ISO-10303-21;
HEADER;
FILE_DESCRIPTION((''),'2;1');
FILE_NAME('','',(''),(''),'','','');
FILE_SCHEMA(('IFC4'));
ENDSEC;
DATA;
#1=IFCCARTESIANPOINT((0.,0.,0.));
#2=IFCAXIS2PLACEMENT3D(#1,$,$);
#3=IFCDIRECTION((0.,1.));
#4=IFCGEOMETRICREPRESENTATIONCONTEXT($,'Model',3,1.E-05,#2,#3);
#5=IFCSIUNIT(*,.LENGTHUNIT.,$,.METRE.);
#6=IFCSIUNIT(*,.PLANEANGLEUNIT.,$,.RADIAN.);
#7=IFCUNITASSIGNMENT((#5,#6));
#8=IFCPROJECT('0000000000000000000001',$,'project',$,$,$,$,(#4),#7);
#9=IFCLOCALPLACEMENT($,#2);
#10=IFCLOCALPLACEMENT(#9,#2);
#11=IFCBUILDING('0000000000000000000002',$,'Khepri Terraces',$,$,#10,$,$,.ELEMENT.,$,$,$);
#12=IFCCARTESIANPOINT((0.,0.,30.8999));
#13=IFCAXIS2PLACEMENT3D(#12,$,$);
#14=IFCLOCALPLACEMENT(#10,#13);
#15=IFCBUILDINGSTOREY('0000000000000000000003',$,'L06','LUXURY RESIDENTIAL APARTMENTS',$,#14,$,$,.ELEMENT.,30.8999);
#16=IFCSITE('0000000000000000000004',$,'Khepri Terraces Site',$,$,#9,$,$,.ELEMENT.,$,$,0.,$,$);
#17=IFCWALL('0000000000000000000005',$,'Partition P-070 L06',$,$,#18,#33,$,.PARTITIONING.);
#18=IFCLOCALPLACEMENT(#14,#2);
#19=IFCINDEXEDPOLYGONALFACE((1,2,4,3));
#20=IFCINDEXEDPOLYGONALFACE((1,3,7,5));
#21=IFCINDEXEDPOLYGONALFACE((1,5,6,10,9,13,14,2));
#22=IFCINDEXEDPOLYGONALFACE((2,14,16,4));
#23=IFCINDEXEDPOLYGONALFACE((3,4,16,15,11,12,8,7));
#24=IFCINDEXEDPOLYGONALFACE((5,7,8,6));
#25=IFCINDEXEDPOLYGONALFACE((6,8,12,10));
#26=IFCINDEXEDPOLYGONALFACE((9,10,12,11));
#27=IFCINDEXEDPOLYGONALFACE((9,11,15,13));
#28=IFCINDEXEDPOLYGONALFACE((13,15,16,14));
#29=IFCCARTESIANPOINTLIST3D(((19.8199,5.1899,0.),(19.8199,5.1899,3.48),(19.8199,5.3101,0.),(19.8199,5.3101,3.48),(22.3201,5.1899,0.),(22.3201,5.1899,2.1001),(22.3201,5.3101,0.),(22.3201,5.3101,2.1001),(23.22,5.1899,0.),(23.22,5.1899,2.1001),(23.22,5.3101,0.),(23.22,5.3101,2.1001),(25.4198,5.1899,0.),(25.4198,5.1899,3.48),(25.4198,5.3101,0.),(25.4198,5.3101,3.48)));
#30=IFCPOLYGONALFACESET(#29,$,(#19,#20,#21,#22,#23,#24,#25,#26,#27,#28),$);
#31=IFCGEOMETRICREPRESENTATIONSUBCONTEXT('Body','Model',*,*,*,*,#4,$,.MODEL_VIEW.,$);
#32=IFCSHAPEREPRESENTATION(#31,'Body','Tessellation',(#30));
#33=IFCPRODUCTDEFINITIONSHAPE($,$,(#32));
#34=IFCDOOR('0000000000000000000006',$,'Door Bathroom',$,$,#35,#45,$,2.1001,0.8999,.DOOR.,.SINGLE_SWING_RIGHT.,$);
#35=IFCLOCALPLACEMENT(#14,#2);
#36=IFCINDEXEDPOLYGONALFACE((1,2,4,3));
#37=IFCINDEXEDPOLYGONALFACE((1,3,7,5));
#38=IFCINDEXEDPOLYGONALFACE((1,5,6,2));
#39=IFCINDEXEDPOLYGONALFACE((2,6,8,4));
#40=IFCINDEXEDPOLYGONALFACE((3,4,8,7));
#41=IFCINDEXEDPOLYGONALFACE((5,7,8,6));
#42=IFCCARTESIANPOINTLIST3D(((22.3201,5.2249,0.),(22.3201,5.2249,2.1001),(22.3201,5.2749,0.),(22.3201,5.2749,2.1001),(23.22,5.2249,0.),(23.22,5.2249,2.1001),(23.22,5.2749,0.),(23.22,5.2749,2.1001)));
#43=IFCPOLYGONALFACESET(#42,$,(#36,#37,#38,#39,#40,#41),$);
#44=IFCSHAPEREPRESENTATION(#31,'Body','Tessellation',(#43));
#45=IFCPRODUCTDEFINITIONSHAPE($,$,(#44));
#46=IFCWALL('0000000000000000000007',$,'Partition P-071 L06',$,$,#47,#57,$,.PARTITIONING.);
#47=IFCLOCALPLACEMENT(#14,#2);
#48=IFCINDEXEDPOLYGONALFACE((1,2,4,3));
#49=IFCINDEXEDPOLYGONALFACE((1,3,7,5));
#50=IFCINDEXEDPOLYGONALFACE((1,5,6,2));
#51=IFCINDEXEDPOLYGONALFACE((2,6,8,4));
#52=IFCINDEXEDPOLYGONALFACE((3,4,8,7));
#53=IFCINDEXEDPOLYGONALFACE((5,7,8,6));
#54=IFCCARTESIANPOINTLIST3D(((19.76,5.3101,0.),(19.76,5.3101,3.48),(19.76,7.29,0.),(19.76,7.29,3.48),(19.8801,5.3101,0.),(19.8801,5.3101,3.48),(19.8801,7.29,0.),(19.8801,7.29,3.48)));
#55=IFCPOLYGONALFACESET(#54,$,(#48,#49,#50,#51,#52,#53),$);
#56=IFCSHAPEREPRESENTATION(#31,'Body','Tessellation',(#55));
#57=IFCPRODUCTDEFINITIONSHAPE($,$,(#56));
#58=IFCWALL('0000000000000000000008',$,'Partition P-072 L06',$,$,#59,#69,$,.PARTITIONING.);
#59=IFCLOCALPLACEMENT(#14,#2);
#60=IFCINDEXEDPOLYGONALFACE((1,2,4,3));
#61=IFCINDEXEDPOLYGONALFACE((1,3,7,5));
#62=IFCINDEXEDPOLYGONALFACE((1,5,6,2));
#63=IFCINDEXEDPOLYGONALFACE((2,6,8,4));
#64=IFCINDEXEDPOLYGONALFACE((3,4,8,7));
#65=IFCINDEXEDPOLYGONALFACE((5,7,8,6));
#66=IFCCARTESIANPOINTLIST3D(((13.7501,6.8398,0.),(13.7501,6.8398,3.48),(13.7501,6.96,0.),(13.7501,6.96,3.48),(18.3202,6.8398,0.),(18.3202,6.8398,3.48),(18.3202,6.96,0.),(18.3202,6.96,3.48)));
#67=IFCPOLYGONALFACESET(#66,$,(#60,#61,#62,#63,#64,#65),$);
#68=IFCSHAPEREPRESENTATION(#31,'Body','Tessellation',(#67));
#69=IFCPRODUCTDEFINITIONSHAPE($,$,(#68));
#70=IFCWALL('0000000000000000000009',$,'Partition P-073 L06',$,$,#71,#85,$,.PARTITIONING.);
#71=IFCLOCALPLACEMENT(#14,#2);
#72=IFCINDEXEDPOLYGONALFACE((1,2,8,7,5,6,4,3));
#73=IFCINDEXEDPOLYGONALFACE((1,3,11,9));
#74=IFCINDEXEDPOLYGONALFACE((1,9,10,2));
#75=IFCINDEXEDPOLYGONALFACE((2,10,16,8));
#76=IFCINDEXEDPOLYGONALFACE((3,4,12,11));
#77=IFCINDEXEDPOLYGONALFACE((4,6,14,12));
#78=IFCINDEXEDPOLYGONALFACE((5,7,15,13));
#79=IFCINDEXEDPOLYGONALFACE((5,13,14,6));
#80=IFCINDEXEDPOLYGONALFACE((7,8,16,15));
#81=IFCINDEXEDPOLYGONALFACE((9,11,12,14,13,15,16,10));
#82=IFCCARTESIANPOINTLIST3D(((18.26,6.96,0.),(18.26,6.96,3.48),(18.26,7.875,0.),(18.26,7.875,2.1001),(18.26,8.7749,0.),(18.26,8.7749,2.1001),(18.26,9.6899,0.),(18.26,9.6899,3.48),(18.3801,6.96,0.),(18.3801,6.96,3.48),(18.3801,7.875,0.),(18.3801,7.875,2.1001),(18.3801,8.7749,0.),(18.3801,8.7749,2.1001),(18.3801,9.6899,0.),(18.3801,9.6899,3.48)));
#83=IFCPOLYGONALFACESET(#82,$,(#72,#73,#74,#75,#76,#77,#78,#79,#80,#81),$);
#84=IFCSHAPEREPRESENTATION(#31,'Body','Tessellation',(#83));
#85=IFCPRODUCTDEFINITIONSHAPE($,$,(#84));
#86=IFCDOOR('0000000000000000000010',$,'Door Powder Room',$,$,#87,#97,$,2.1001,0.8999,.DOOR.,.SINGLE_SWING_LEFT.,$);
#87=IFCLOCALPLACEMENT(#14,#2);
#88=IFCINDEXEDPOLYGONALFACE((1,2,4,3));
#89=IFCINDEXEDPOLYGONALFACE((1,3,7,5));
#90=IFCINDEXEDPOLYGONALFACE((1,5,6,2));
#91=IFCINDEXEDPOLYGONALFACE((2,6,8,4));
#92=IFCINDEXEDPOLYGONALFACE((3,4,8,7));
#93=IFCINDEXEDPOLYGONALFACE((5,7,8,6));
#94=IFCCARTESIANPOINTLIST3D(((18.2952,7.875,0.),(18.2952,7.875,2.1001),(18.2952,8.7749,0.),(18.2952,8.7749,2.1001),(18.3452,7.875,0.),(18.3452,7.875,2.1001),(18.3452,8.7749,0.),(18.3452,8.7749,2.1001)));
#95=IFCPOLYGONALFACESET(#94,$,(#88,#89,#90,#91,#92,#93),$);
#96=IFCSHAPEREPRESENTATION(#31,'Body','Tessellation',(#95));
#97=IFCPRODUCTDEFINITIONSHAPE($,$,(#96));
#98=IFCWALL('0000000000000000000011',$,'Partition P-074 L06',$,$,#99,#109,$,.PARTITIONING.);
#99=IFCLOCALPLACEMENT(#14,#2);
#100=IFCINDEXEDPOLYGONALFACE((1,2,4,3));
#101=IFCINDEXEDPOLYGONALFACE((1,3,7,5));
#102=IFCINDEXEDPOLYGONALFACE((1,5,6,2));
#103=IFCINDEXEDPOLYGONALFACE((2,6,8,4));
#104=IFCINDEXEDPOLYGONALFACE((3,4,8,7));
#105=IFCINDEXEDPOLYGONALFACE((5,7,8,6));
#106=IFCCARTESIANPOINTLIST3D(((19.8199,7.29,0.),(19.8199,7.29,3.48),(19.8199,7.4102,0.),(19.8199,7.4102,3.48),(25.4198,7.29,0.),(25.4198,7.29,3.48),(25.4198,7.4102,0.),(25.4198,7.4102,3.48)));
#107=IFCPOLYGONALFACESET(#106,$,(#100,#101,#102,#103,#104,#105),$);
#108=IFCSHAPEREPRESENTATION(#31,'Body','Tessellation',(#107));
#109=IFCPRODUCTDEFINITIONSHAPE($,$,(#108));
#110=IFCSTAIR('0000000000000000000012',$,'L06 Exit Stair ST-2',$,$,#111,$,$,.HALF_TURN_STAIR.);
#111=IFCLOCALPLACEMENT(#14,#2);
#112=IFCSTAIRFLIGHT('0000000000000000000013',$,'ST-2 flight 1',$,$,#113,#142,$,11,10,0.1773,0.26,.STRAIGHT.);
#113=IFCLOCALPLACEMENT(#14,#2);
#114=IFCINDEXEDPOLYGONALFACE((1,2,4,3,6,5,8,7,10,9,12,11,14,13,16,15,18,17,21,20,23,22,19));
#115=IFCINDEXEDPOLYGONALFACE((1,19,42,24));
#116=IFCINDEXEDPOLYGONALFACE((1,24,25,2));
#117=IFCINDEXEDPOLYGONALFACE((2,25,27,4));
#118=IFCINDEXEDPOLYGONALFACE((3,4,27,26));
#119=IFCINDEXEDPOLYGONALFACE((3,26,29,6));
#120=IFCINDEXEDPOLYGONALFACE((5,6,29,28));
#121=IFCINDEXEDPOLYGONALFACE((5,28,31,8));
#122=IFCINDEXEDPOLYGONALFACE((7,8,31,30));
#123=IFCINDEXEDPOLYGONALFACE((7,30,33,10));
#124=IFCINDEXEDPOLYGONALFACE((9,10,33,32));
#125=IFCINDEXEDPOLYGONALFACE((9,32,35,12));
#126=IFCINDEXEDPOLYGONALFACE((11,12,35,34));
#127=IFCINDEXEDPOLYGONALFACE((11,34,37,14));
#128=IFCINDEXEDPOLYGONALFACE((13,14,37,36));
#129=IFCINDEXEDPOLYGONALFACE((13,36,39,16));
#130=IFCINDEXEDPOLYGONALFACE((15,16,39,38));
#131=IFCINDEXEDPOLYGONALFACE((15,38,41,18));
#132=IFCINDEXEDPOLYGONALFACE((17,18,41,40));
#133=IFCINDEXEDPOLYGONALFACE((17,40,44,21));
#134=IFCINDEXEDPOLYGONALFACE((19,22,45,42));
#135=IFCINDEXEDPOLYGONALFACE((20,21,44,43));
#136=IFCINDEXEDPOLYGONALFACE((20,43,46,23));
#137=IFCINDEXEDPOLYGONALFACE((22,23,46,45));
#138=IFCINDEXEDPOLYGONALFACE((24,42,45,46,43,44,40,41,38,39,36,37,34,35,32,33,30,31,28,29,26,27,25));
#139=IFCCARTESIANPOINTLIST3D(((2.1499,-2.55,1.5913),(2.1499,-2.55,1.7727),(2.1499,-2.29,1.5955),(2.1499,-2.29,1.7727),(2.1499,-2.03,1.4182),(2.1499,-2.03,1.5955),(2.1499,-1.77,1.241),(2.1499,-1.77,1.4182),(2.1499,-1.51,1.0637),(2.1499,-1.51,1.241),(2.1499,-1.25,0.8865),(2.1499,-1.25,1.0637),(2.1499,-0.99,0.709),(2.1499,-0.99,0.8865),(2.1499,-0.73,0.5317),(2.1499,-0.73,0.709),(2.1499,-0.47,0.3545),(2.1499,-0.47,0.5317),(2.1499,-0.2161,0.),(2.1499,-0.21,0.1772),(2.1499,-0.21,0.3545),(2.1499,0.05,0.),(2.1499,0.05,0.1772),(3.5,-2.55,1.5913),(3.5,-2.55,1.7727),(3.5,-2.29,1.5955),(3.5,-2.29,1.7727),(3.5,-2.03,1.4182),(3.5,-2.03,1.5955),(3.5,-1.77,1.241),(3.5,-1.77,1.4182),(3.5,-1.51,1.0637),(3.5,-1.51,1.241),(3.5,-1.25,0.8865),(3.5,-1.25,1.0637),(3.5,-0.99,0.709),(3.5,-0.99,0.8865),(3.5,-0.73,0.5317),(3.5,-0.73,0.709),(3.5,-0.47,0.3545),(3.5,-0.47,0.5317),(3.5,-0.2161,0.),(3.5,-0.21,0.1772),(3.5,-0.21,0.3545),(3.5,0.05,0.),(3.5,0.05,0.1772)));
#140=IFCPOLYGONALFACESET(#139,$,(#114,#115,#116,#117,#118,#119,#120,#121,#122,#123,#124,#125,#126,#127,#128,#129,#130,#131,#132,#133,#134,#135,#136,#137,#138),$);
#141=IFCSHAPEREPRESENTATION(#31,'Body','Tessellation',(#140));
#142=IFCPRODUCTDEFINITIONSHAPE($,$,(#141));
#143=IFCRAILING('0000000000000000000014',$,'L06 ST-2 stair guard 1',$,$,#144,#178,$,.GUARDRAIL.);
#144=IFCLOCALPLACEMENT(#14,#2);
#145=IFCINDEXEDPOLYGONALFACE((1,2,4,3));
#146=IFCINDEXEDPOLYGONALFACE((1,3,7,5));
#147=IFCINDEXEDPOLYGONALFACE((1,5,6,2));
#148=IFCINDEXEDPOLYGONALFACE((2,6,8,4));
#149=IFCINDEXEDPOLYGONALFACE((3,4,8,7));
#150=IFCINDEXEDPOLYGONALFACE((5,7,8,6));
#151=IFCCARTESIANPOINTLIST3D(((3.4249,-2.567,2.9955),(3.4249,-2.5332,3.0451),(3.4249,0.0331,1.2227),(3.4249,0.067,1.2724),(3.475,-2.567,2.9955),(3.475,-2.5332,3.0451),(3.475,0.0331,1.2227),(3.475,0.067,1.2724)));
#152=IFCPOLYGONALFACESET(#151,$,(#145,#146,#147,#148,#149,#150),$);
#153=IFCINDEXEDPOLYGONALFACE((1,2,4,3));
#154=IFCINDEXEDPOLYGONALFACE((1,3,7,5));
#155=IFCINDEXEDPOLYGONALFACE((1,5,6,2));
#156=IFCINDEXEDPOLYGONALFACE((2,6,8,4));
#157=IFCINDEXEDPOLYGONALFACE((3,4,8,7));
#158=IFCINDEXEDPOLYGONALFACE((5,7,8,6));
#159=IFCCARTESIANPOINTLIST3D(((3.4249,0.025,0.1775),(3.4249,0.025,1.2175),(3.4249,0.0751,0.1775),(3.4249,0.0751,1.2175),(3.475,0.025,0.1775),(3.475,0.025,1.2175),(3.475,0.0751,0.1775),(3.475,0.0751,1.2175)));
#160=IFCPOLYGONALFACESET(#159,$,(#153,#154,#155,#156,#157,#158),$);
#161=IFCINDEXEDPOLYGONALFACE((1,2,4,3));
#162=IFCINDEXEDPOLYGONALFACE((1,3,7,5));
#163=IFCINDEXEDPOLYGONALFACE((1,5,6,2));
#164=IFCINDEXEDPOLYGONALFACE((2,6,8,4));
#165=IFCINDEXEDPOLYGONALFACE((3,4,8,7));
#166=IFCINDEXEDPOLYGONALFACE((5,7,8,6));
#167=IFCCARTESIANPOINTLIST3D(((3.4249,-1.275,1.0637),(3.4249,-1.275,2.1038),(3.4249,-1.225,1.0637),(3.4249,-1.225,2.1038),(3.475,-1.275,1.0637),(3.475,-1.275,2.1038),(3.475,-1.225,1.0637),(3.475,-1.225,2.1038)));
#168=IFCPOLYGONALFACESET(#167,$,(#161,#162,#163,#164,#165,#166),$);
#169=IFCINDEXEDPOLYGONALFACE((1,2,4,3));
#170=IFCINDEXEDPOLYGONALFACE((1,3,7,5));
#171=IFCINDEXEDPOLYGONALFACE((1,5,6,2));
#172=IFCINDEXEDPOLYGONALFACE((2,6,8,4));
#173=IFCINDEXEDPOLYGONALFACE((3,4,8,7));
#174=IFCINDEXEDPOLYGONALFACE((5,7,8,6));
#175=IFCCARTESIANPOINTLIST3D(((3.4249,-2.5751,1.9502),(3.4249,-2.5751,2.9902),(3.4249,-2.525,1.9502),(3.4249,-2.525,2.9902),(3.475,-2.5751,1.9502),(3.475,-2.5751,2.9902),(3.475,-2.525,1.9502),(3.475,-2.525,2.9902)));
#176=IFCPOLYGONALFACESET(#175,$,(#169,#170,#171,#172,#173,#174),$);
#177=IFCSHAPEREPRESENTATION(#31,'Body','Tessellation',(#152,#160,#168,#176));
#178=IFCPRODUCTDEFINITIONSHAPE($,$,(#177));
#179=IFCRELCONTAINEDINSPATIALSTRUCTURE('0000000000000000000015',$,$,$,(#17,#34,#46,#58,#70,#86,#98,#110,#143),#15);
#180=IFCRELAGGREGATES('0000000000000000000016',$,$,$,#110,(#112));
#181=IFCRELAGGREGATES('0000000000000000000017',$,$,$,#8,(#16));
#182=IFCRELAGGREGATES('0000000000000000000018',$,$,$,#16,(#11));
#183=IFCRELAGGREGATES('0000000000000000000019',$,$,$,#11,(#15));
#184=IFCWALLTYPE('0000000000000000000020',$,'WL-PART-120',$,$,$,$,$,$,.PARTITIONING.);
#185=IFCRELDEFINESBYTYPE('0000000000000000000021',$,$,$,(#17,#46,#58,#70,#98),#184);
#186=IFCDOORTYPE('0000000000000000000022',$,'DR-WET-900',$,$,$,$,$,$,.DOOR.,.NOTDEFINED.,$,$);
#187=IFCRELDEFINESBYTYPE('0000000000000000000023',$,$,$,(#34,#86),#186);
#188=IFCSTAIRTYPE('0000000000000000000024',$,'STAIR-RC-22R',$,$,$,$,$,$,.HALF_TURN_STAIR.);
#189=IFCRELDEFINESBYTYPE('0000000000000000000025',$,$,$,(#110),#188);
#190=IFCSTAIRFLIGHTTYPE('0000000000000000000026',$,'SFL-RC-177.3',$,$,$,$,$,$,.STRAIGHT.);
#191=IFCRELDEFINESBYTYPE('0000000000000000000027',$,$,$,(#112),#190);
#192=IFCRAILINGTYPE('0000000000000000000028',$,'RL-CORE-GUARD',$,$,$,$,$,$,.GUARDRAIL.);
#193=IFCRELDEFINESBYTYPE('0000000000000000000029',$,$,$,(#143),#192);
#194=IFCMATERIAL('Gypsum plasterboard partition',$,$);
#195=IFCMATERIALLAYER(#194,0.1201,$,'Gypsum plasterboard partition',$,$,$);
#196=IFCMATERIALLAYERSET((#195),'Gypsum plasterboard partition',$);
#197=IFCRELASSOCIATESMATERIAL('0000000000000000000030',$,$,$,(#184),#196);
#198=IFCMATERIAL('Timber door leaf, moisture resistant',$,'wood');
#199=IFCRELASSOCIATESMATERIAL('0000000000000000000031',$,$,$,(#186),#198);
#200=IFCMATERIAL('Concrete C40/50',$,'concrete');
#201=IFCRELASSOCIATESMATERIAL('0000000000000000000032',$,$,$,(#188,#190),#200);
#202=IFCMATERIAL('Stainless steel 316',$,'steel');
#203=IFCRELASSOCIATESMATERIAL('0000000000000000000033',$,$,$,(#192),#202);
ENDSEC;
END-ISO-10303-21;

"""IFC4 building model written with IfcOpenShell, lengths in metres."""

from ifc_helpers import new_model, si_unit, direction, frame, frame_2d, origin, origin_2d, place, context, subcontext, project, spatial, polyline, rectangle, outline, extrude, material, layer, layer_set, type_object, element, fill, aggregate, save


model = new_model("IFC4")

# Units and contexts
model_context = context("Model", 3, precision=1e-05, world=origin(), true_north=direction((0.0, 1.0)))
body_context = subcontext(model_context, "Body", "Model", "MODEL_VIEW")
ifc_project = project(units=[si_unit("LENGTHUNIT", "METRE"), si_unit("PLANEANGLEUNIT", "RADIAN")], contexts=[model_context])

# Site, building, storey
site_placement = place(None, origin())
site = spatial("IfcSite", under=ifc_project, at=site_placement, Name="Khepri Terraces Site", CompositionType="ELEMENT", RefElevation=0.0)
building_placement = place(site_placement, origin())
building = spatial("IfcBuilding", under=site, at=building_placement, Name="Khepri Terraces", CompositionType="ELEMENT")
storey_placement = place(building_placement, frame((0.0, 0.0, 30.8999)))
storey = spatial("IfcBuildingStorey", under=building, at=storey_placement, Name="L06", Description="LUXURY RESIDENTIAL APARTMENTS", CompositionType="ELEMENT", Elevation=30.8999)

# Shared definitions
ifc_material_1 = material(Name="Gypsum plasterboard partition")
ifc_layer_1 = layer(ifc_material_1, 0.1201, Name="Gypsum plasterboard partition")
ifc_layer_set_1 = layer_set([ifc_layer_1], Name="Gypsum plasterboard partition")
wall_type_1 = type_object("IfcWallType", Name="WL-PART-120", PredefinedType="PARTITIONING", material=ifc_layer_set_1)

# Wall, opening, door
wall_1_placement = place(storey_placement, frame((19.8201, 5.25, 0.0), z_axis=(0.0, 0.0, 1.0), x_axis=(1.0, 0.0, 0.0)))
wall_1 = element("IfcWall", 1, at=wall_1_placement, inside=storey, type_object=wall_type_1, Name="Partition P-070 L06", PredefinedType="PARTITIONING", context=body_context, shape_type="SweptSolid", body=[
    extrude(rectangle(XDim=5.5999, YDim=0.1201, at=frame_2d((2.7998, 0.0))), origin(), (0.0, 0.0, 1.0), 3.48),
])
opening_1_placement = place(wall_1_placement, frame((2.5, 0.0, 0.0)))
opening_1 = element("IfcOpeningElement", 2, at=opening_1_placement, cuts=wall_1, PredefinedType="OPENING", context=body_context, shape_type="SweptSolid", body=[
    extrude(rectangle(XDim=0.8999, YDim=2.1001, at=frame_2d((0.45, 1.05))), frame((0.0, 0.0701, 0.0), z_axis=(0.0, -1.0, 0.0), x_axis=(1.0, 0.0, 0.0)), (0.0, 0.0, 1.0), 0.1401),
])
ifc_material_2 = material(Name="Timber door leaf, moisture resistant", Category="wood")
door_type_1 = type_object("IfcDoorType", Name="DR-WET-900", OperationType="NOTDEFINED", PredefinedType="DOOR", material=ifc_material_2)
door_1_placement = place(opening_1_placement, origin())
door_1 = element("IfcDoor", 3, at=door_1_placement, inside=storey, type_object=door_type_1, Name="Door Bathroom", OperationType="SINGLE_SWING_RIGHT", OverallHeight=2.1001, OverallWidth=0.8999, PredefinedType="DOOR", context=body_context, shape_type="SweptSolid", body=[
    extrude(rectangle(XDim=0.8999, YDim=2.1001, at=frame_2d((0.45, 1.05))), frame((0.0, 0.0249, 0.0), z_axis=(0.0, -1.0, 0.0), x_axis=(1.0, 0.0, 0.0)), (0.0, 0.0, 1.0), 0.05),
])
fill(opening_1, door_1)

# Walls
wall_2_placement = place(storey_placement, frame((19.8201, 5.3101, 0.0), z_axis=(0.0, 0.0, 1.0), x_axis=(0.0, 1.0, 0.0)))
element("IfcWall", 4, at=wall_2_placement, inside=storey, type_object=wall_type_1, Name="Partition P-071 L06", PredefinedType="PARTITIONING", context=body_context, shape_type="SweptSolid", body=[
    extrude(rectangle(XDim=1.98, YDim=0.1201, at=frame_2d((0.99, 0.0))), origin(), (0.0, 0.0, 1.0), 3.48),
])
wall_3_placement = place(storey_placement, frame((13.75, 6.8999, 0.0), z_axis=(0.0, 0.0, 1.0), x_axis=(1.0, 0.0, 0.0)))
element("IfcWall", 5, at=wall_3_placement, inside=storey, type_object=wall_type_1, Name="Partition P-072 L06", PredefinedType="PARTITIONING", context=body_context, shape_type="SweptSolid", body=[
    extrude(rectangle(XDim=4.5701, YDim=0.1201, at=frame_2d((2.2852, 0.0))), origin(), (0.0, 0.0, 1.0), 3.48),
])

# Wall, opening, door
wall_4_placement = place(storey_placement, frame((18.3201, 6.96, 0.0), z_axis=(0.0, 0.0, 1.0), x_axis=(0.0, 1.0, 0.0)))
wall_4 = element("IfcWall", 6, at=wall_4_placement, inside=storey, type_object=wall_type_1, Name="Partition P-073 L06", PredefinedType="PARTITIONING", context=body_context, shape_type="SweptSolid", body=[
    extrude(rectangle(XDim=2.73, YDim=0.1201, at=frame_2d((1.365, 0.0))), origin(), (0.0, 0.0, 1.0), 3.48),
])
opening_2_placement = place(wall_4_placement, frame((0.915, 0.0, 0.0)))
opening_2 = element("IfcOpeningElement", 7, at=opening_2_placement, cuts=wall_4, PredefinedType="OPENING", context=body_context, shape_type="SweptSolid", body=[
    extrude(rectangle(XDim=0.8999, YDim=2.1001, at=frame_2d((0.45, 1.05))), frame((0.0, 0.0701, 0.0), z_axis=(0.0, -1.0, 0.0), x_axis=(1.0, 0.0, 0.0)), (0.0, 0.0, 1.0), 0.1401),
])
door_2_placement = place(opening_2_placement, origin())
door_2 = element("IfcDoor", 8, at=door_2_placement, inside=storey, type_object=door_type_1, Name="Door Powder Room", OperationType="SINGLE_SWING_LEFT", OverallHeight=2.1001, OverallWidth=0.8999, PredefinedType="DOOR", context=body_context, shape_type="SweptSolid", body=[
    extrude(rectangle(XDim=0.8999, YDim=2.1001, at=frame_2d((0.45, 1.05))), frame((0.0, 0.0249, 0.0), z_axis=(0.0, -1.0, 0.0), x_axis=(1.0, 0.0, 0.0)), (0.0, 0.0, 1.0), 0.05),
])
fill(opening_2, door_2)

# Wall
wall_5_placement = place(storey_placement, frame((19.8201, 7.3501, 0.0), z_axis=(0.0, 0.0, 1.0), x_axis=(1.0, 0.0, 0.0)))
element("IfcWall", 9, at=wall_5_placement, inside=storey, type_object=wall_type_1, Name="Partition P-074 L06", PredefinedType="PARTITIONING", context=body_context, shape_type="SweptSolid", body=[
    extrude(rectangle(XDim=5.5999, YDim=0.1201, at=frame_2d((2.7998, 0.0))), origin(), (0.0, 0.0, 1.0), 3.48),
])

# Stair, stair flight
ifc_material_3 = material(Name="Concrete C40/50", Category="concrete")
stair_type = type_object("IfcStairType", Name="STAIR-RC-22R", PredefinedType="HALF_TURN_STAIR", material=ifc_material_3)
stair_placement = place(storey_placement, origin())
stair = element("IfcStair", 10, at=stair_placement, inside=storey, type_object=stair_type, Name="L06 Exit Stair ST-2", PredefinedType="HALF_TURN_STAIR")
stair_flight_type = type_object("IfcStairFlightType", Name="SFL-RC-177.3", PredefinedType="STRAIGHT", material=ifc_material_3)
stair_flight_placement = place(storey_placement, frame((2.825, 0.05, 0.0), z_axis=(0.0, 0.0, 1.0), x_axis=(0.0, -1.0, 0.0)))
stair_flight = element("IfcStairFlight", 11, at=stair_flight_placement, type_object=stair_flight_type, Name="ST-2 flight 1", NumberOfRisers=11, NumberOfTreads=10, PredefinedType="STRAIGHT", RiserHeight=0.1773, TreadLength=0.26, context=body_context, shape_type="SweptSolid", body=[
    extrude(outline(polyline([(0.0, 0.0), (0.0, 0.1772), (0.26, 0.1772), (0.26, 0.3545), (0.52, 0.3545), (0.52, 0.5317), (0.78, 0.5317), (0.78, 0.709), (1.04, 0.709), (1.04, 0.8865), (1.3, 0.8865), (1.3, 1.0637), (1.5601, 1.0637), (1.5601, 1.241), (1.8201, 1.241), (1.8201, 1.4182), (2.0801, 1.4182), (2.0801, 1.5955), (2.3401, 1.5955), (2.3401, 1.7727), (2.6001, 1.7727), (2.6001, 1.95), (2.6001, 1.5913), (0.2661, 0.0), (0.0, 0.0)])), frame((0.0, 0.675, 0.0), z_axis=(0.0, -1.0, 0.0), x_axis=(1.0, 0.0, 0.0)), (0.0, 0.0, 1.0), 1.3501),
])
aggregate(stair, [stair_flight])

# Railing
ifc_material_4 = material(Name="Stainless steel 316", Category="steel")
railing_type = type_object("IfcRailingType", Name="RL-CORE-GUARD", PredefinedType="GUARDRAIL", material=ifc_material_4)
railing_1_placement = place(storey_placement, frame((3.45, 0.05, 0.1775)))
element("IfcRailing", 12, at=railing_1_placement, inside=storey, type_object=railing_type, Name="L06 ST-2 stair guard 1", PredefinedType="GUARDRAIL", context=body_context, shape_type="SweptSolid", body=[
    extrude(rectangle(XDim=0.05, YDim=0.0601, at=origin_2d()), frame((0.0, 0.0, 1.0701), z_axis=(0.0, -0.82624, 0.563318), x_axis=(1.0, 0.0, 0.0)), (0.0, 0.0, 1.0), 3.147),
    extrude(rectangle(XDim=0.05, YDim=0.05, at=origin_2d()), origin(), (0.0, 0.0, 1.0), 1.04),
    extrude(rectangle(XDim=0.05, YDim=0.05, at=origin_2d()), frame((0.0, -1.3, 0.8862)), (0.0, 0.0, 1.0), 1.04),
    extrude(rectangle(XDim=0.05, YDim=0.05, at=origin_2d()), frame((0.0, -2.6001, 1.7727)), (0.0, 0.0, 1.0), 1.04),
])

save(model, "model.ifc")
